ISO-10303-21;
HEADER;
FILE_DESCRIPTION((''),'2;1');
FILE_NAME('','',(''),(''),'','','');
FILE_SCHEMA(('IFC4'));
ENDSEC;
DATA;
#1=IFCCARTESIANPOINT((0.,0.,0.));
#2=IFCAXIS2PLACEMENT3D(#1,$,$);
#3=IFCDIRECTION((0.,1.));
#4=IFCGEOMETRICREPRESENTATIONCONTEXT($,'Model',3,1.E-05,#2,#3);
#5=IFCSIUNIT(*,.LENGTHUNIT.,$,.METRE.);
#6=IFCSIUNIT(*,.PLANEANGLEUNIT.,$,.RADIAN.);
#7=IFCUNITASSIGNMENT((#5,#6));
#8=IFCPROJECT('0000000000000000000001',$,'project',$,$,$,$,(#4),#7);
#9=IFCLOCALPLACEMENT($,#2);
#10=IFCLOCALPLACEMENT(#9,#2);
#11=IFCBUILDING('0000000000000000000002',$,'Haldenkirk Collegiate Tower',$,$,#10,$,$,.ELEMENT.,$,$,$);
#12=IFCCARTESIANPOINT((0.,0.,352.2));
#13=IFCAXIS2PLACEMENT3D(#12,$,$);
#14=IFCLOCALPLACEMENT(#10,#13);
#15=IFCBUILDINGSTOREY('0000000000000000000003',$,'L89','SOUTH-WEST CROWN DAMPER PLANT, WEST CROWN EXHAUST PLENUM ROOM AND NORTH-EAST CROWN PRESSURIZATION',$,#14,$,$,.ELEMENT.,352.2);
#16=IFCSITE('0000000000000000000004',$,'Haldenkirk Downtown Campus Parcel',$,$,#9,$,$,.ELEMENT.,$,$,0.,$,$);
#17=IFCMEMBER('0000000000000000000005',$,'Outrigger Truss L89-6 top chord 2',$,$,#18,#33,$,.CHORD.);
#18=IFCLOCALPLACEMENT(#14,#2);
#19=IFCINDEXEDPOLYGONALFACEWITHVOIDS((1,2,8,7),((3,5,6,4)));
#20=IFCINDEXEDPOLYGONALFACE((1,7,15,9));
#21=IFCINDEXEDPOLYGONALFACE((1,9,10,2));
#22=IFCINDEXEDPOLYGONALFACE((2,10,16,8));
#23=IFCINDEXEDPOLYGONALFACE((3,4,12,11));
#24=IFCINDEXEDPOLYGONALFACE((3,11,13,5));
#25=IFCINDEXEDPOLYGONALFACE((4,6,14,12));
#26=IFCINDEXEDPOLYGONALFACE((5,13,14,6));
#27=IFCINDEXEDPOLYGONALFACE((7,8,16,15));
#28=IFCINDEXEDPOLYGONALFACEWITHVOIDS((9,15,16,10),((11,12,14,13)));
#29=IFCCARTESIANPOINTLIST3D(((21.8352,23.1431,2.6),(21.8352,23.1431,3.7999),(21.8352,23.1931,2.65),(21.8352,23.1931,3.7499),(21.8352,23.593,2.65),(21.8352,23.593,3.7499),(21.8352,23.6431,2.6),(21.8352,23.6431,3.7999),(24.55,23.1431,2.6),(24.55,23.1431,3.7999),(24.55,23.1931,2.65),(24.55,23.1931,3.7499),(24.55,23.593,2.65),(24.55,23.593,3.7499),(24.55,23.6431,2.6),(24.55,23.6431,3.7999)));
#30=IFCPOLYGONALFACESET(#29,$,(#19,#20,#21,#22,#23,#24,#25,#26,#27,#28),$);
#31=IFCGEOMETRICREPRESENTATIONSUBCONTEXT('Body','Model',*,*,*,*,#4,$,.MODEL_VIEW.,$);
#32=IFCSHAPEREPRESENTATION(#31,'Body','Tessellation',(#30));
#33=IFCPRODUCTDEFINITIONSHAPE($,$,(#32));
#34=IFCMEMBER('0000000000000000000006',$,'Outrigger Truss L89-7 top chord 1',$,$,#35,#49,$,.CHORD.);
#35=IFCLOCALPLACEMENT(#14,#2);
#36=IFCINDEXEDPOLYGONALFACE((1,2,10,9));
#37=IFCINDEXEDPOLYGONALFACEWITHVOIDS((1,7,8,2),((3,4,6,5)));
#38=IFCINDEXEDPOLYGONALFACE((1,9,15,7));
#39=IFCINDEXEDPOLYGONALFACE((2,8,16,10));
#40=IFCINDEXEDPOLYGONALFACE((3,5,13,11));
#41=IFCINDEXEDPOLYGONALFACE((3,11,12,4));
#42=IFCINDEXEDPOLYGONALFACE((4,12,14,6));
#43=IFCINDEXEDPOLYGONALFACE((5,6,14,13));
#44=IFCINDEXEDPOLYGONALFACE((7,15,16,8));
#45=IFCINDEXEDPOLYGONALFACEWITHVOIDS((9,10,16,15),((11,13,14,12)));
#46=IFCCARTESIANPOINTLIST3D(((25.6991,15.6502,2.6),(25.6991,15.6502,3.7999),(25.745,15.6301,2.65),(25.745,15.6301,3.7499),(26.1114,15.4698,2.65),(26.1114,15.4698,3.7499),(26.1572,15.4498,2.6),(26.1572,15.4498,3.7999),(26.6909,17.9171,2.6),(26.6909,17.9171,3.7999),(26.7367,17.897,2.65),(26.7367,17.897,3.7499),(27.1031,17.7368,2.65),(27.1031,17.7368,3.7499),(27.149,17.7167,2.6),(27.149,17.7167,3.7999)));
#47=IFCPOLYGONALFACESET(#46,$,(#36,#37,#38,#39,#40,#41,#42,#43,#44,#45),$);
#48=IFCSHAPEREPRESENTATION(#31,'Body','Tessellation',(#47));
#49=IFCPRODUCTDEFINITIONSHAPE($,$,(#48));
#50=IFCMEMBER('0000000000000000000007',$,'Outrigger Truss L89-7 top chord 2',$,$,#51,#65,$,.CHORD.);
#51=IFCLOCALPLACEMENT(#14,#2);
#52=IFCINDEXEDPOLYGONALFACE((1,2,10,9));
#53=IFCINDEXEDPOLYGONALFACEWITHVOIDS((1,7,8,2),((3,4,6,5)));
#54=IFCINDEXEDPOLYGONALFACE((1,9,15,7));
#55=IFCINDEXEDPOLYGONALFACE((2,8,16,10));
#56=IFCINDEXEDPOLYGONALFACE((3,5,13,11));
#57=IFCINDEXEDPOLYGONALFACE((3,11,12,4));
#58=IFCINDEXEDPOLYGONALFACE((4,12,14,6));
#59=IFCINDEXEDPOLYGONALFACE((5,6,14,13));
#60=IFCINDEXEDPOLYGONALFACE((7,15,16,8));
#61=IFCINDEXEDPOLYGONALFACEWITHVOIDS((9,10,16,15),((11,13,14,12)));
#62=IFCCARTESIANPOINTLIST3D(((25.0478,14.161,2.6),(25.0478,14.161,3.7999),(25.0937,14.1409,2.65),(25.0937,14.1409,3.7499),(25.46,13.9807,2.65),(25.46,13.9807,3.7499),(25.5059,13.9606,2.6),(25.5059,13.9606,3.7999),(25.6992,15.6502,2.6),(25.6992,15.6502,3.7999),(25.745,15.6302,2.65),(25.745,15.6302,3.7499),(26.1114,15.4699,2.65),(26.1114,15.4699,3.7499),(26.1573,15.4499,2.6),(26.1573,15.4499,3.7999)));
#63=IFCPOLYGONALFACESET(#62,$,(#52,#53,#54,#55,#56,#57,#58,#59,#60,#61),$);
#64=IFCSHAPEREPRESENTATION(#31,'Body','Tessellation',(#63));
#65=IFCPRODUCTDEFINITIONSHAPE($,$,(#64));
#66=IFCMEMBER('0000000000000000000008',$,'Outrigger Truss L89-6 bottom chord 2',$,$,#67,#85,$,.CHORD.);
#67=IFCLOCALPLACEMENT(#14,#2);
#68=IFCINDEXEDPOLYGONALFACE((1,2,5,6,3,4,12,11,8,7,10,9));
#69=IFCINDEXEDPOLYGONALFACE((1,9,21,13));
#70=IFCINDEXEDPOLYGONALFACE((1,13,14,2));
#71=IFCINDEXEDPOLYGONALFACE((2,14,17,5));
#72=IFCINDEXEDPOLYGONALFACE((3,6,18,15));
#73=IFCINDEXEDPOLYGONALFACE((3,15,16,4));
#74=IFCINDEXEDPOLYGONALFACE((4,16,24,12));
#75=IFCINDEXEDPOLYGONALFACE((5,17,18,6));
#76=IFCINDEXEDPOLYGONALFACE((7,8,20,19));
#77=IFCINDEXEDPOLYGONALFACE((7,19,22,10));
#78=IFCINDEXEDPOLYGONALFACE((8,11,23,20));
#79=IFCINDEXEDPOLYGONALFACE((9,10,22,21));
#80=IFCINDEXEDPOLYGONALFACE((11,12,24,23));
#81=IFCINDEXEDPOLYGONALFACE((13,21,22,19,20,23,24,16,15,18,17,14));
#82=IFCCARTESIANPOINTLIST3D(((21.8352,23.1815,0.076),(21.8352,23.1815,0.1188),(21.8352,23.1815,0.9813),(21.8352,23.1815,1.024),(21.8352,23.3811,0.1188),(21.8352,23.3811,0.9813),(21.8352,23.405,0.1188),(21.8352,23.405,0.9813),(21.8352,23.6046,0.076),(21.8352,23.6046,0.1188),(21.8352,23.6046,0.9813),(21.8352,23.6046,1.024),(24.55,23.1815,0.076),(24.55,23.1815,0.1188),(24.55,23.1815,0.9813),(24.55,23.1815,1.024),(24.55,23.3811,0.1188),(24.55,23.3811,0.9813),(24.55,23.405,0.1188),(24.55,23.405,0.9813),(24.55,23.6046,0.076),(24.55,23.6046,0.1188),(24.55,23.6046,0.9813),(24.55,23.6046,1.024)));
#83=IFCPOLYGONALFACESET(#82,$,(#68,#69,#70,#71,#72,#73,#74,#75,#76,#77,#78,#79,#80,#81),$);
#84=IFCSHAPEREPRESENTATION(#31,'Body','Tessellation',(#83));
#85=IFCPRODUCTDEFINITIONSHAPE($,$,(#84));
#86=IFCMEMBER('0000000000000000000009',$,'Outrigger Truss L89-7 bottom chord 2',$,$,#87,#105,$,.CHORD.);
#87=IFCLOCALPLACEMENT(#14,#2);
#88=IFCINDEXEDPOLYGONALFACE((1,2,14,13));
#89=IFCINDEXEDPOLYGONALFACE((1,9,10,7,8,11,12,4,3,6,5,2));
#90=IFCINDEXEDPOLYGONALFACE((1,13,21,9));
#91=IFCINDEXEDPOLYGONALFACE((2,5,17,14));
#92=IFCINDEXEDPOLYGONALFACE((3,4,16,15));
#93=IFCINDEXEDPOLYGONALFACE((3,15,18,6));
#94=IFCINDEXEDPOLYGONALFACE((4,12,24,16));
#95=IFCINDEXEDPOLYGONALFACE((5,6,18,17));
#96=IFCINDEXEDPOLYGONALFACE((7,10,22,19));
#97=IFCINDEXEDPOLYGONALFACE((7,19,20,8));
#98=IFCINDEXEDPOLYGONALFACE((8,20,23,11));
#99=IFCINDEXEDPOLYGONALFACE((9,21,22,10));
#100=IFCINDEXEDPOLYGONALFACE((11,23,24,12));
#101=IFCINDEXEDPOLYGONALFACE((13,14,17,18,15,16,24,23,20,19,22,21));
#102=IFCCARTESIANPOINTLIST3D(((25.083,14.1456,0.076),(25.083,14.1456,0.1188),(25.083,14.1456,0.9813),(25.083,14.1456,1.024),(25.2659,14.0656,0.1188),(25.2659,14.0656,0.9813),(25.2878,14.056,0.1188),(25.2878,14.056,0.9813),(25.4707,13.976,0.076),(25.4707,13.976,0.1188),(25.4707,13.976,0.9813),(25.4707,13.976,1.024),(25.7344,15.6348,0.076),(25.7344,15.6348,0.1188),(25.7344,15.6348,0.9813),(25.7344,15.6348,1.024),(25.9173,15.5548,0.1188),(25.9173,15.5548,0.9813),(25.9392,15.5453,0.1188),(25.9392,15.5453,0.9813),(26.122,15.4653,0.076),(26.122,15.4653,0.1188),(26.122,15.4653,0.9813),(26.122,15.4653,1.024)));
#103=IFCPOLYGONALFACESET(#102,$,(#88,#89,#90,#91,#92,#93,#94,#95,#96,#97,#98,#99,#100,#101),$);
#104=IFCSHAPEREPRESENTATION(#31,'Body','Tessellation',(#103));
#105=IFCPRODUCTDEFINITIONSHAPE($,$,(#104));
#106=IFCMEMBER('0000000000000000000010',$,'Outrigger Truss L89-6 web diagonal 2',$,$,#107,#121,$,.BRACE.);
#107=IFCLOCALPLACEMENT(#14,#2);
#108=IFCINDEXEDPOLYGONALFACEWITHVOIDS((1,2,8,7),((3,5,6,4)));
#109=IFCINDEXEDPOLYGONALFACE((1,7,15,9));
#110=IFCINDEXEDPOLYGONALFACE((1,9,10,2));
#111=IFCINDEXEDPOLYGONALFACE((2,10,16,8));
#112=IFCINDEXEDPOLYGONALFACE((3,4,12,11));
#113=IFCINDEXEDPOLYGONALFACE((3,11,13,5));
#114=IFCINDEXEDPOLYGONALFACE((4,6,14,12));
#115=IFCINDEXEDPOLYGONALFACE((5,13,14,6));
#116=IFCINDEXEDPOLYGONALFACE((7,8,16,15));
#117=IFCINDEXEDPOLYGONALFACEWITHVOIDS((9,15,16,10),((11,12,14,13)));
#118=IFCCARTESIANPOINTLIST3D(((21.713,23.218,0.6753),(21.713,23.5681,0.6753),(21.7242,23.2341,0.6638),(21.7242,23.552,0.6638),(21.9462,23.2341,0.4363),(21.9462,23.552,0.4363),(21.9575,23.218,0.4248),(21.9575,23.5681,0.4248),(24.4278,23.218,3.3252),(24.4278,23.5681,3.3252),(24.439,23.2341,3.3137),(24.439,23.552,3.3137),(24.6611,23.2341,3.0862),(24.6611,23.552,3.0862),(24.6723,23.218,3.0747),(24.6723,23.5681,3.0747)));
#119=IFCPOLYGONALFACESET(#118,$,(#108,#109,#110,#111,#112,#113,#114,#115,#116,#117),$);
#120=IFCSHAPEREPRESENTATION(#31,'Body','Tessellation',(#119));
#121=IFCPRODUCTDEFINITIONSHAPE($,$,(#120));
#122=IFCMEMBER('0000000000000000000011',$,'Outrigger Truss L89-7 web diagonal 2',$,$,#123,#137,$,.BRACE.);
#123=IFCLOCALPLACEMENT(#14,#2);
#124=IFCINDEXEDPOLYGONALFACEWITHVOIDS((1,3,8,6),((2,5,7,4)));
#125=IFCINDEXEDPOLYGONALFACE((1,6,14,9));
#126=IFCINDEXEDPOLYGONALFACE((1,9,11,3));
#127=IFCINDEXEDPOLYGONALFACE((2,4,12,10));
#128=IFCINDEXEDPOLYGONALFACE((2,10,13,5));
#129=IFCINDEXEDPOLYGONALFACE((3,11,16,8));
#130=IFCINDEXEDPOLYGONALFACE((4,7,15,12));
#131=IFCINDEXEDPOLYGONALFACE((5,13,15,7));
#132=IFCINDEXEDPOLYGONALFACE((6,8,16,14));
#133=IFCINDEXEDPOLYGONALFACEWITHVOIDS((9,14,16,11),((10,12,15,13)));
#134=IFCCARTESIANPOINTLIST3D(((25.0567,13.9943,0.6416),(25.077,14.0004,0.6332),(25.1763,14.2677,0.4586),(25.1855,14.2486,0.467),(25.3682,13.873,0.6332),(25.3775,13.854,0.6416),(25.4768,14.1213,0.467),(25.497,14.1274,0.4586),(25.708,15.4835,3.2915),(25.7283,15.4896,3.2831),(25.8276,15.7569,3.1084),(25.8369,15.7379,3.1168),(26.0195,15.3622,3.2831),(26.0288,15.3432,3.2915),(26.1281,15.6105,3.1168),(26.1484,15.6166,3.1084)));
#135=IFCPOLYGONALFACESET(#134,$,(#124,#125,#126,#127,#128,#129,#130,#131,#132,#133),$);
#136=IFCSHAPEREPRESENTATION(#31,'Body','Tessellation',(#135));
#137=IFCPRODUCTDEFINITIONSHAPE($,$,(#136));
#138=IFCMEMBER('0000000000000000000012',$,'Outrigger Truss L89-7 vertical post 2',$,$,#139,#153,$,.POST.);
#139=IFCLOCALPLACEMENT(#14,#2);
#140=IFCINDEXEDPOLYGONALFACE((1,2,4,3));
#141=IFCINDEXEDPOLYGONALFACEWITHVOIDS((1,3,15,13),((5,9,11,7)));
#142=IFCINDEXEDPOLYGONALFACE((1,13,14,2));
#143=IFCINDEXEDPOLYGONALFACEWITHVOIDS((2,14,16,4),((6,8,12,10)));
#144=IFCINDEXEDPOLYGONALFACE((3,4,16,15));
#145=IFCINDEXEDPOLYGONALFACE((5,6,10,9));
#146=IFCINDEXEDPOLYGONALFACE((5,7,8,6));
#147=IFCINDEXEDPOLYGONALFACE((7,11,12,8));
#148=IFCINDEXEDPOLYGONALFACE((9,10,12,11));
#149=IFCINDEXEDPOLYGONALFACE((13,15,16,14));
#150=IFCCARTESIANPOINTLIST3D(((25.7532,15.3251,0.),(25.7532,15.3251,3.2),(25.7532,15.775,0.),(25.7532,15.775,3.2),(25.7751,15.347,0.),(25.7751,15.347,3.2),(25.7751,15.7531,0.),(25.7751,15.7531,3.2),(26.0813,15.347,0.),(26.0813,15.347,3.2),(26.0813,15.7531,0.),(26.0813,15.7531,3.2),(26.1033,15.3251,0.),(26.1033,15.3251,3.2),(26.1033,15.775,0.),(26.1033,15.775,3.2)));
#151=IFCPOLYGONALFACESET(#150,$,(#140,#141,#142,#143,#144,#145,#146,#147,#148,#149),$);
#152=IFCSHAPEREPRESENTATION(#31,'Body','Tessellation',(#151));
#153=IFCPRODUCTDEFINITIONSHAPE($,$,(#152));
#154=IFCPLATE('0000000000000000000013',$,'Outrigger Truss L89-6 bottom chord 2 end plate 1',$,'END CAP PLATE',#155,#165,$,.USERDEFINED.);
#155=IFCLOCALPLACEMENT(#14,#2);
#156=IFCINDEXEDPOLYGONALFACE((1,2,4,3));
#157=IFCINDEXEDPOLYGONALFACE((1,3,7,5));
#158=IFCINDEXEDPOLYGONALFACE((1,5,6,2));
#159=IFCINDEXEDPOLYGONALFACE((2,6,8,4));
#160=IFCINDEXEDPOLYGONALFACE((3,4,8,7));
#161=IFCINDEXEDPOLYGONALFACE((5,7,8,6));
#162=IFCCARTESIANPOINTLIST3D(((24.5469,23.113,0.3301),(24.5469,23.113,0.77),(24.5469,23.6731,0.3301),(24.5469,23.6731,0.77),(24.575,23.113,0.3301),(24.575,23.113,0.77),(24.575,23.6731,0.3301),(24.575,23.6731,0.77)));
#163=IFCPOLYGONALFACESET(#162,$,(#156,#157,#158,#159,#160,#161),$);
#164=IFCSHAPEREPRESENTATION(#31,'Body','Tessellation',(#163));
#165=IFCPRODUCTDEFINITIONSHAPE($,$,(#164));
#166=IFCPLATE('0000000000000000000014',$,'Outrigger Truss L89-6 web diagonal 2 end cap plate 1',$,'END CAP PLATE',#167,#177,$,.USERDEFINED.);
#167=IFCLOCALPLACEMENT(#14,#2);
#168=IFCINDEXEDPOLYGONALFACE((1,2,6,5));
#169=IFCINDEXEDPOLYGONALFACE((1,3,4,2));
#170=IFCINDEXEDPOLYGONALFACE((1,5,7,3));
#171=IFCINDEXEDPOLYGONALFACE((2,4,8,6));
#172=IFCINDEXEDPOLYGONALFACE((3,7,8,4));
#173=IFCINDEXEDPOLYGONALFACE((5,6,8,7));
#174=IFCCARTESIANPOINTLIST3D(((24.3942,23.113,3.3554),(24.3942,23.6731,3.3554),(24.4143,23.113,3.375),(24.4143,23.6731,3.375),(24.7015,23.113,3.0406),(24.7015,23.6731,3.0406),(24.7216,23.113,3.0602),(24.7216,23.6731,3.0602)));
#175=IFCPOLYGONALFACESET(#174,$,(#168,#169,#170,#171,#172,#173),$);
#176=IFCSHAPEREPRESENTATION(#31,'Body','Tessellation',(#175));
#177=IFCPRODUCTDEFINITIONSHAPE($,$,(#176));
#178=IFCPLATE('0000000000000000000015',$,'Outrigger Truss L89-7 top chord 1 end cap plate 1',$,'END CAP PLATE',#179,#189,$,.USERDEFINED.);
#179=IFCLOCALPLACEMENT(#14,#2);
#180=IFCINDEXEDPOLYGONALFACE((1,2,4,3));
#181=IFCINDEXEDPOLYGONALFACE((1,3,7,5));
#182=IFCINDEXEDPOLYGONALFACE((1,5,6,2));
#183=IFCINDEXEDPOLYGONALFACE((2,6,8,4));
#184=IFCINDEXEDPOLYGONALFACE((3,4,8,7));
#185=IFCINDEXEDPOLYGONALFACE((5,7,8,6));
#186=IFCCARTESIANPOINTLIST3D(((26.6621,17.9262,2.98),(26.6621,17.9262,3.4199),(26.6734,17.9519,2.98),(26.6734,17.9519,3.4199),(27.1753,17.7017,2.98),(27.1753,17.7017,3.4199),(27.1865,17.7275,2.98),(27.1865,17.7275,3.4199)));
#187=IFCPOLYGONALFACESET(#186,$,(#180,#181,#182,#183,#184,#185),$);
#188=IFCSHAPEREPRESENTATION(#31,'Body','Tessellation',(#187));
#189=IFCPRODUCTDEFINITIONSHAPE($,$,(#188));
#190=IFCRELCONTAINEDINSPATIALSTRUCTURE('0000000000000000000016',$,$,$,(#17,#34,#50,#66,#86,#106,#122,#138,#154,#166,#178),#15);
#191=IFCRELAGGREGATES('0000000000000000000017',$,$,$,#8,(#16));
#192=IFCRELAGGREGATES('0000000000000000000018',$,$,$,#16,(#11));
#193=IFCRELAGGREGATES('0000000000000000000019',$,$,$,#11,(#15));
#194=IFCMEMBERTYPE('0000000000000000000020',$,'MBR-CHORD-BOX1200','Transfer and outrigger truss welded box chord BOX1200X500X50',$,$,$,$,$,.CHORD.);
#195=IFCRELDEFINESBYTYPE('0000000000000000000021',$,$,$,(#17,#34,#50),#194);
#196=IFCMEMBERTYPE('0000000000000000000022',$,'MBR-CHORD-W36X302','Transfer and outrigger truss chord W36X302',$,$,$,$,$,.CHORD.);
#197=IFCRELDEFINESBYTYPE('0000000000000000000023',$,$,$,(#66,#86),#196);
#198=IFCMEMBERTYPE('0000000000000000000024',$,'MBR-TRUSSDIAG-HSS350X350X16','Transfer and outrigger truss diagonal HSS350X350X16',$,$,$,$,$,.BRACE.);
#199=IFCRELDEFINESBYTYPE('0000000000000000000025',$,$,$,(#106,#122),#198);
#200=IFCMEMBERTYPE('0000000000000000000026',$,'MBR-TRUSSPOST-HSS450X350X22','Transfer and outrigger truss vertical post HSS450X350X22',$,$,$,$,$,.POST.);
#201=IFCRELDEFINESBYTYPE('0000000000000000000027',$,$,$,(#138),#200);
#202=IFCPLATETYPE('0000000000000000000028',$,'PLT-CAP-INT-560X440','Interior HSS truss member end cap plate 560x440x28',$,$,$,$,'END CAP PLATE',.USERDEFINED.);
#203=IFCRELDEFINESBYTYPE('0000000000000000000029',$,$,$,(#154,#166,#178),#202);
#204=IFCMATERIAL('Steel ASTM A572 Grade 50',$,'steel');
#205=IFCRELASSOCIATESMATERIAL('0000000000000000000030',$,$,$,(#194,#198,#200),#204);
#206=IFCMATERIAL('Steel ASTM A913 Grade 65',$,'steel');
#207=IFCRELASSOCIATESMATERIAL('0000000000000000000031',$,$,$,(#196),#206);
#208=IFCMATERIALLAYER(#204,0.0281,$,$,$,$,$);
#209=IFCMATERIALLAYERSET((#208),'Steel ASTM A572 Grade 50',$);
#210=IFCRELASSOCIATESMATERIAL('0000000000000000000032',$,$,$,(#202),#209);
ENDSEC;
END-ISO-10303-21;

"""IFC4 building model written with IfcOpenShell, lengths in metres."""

from ifc_helpers import new_model, si_unit, direction, frame, origin, origin_2d, place, context, subcontext, project, spatial, rectangle, hollow_rectangle, i_section, extrude, source, transform, mapped, material, layer, layer_set, material_profile, profile_set, type_object, element, save


model = new_model("IFC4")

# Units and contexts
model_context = context("Model", 3, precision=1e-05, world=origin(), true_north=direction((0.0, 1.0)))
body_context = subcontext(model_context, "Body", "Model", "MODEL_VIEW")
ifc_project = project(units=[si_unit("LENGTHUNIT", "METRE"), si_unit("PLANEANGLEUNIT", "RADIAN")], contexts=[model_context])

# Site, building, storey
site_placement = place(None, origin())
site = spatial("IfcSite", under=ifc_project, at=site_placement, Name="Haldenkirk Downtown Campus Parcel", CompositionType="ELEMENT", RefElevation=0.0)
building_placement = place(site_placement, origin())
building = spatial("IfcBuilding", under=site, at=building_placement, Name="Haldenkirk Collegiate Tower", CompositionType="ELEMENT")
storey_placement = place(building_placement, frame((0.0, 0.0, 352.2)))
storey = spatial("IfcBuildingStorey", under=building, at=storey_placement, Name="L89", Description="SOUTH-WEST CROWN DAMPER PLANT, WEST CROWN EXHAUST PLENUM ROOM AND NORTH-EAST CROWN PRESSURIZATION", CompositionType="ELEMENT", Elevation=352.2)

# Members
ifc_material_1 = material(Name="Steel ASTM A572 Grade 50", Category="steel")
ifc_material_profile_1 = material_profile(ifc_material_1, hollow_rectangle(XDim=0.5, YDim=1.2, WallThickness=0.05, at=origin_2d()), Name="BOX1200X500X50")
ifc_profile_set_1 = profile_set([ifc_material_profile_1], Name="Steel ASTM A572 Grade 50")
member_type_1 = type_object("IfcMemberType", Name="MBR-CHORD-BOX1200", Description="Transfer and outrigger truss welded box chord BOX1200X500X50", PredefinedType="CHORD", material=ifc_profile_set_1)
member_1_placement = place(storey_placement, frame((24.55, 23.3931, 3.2), z_axis=(-1.0, 0.0, 0.0), x_axis=(0.0, -1.0, 0.0)))
element("IfcMember", 1, at=member_1_placement, inside=storey, type_object=member_type_1, Name="Outrigger Truss L89-6 top chord 2", PredefinedType="CHORD", context=body_context, shape_type="SweptSolid", body=[
    extrude(hollow_rectangle(XDim=0.5, YDim=1.2, WallThickness=0.05, at=origin_2d()), origin(), (0.0, 0.0, 1.0), 2.7148),
])
member_2_placement = place(storey_placement, frame((26.9199, 17.8169, 3.2), z_axis=(-0.400803, -0.916164, 0.0), x_axis=(0.916164, -0.400803, 0.0)))
element("IfcMember", 2, at=member_2_placement, inside=storey, type_object=member_type_1, Name="Outrigger Truss L89-7 top chord 1", PredefinedType="CHORD", context=body_context, shape_type="SweptSolid", body=[
    extrude(hollow_rectangle(XDim=0.5, YDim=1.2, WallThickness=0.05, at=origin_2d()), origin(), (0.0, 0.0, 1.0), 2.4744),
])
member_3_placement = place(storey_placement, frame((25.9282, 15.55, 3.2), z_axis=(-0.400724, -0.916199, 0.0), x_axis=(0.916199, -0.400724, 0.0)))
element("IfcMember", 3, at=member_3_placement, inside=storey, type_object=member_type_1, Name="Outrigger Truss L89-7 top chord 2", PredefinedType="CHORD", context=body_context, shape_type="SweptSolid", body=[
    extrude(hollow_rectangle(XDim=0.5, YDim=1.2, WallThickness=0.05, at=origin_2d()), origin(), (0.0, 0.0, 1.0), 1.6255),
])
ifc_material_2 = material(Name="Steel ASTM A913 Grade 65", Category="steel")
ifc_material_profile_2 = material_profile(ifc_material_2, i_section(OverallWidth=0.4231, OverallDepth=0.948, WebThickness=0.0239, FlangeThickness=0.0427, at=origin_2d()), Name="W36X302")
ifc_profile_set_2 = profile_set([ifc_material_profile_2], Name="Steel ASTM A913 Grade 65")
member_type_2 = type_object("IfcMemberType", Name="MBR-CHORD-W36X302", Description="Transfer and outrigger truss chord W36X302", PredefinedType="CHORD", material=ifc_profile_set_2)
member_4_placement = place(storey_placement, frame((24.55, 23.3931, 0.55), z_axis=(-1.0, 0.0, 0.0), x_axis=(0.0, -1.0, 0.0)))
element("IfcMember", 4, at=member_4_placement, inside=storey, type_object=member_type_2, Name="Outrigger Truss L89-6 bottom chord 2", PredefinedType="CHORD", context=body_context, shape_type="SweptSolid", body=[
    extrude(i_section(OverallWidth=0.4231, OverallDepth=0.948, WebThickness=0.0239, FlangeThickness=0.0427, at=origin_2d()), origin(), (0.0, 0.0, 1.0), 2.7148),
])
member_5_placement = place(storey_placement, frame((25.9282, 15.55, 0.55), z_axis=(-0.400724, -0.916199, 0.0), x_axis=(0.916199, -0.400724, 0.0)))
element("IfcMember", 5, at=member_5_placement, inside=storey, type_object=member_type_2, Name="Outrigger Truss L89-7 bottom chord 2", PredefinedType="CHORD", context=body_context, shape_type="SweptSolid", body=[
    extrude(i_section(OverallWidth=0.4231, OverallDepth=0.948, WebThickness=0.0239, FlangeThickness=0.0427, at=origin_2d()), origin(), (0.0, 0.0, 1.0), 1.6255),
])
ifc_material_profile_3 = material_profile(ifc_material_1, hollow_rectangle(XDim=0.3501, YDim=0.3501, WallThickness=0.0161, at=origin_2d()), Name="HSS350X350X16")
ifc_profile_set_3 = profile_set([ifc_material_profile_3], Name="Steel ASTM A572 Grade 50")
member_type_3 = type_object("IfcMemberType", Name="MBR-TRUSSDIAG-HSS350X350X16", Description="Transfer and outrigger truss diagonal HSS350X350X16", PredefinedType="BRACE", material=ifc_profile_set_3)
member_6_placement = place(storey_placement, frame((24.55, 23.3931, 3.2), z_axis=(-0.715614, 0.0, -0.698496), x_axis=(0.0, -1.0, 0.0)))
element("IfcMember", 6, at=member_6_placement, inside=storey, type_object=member_type_3, Name="Outrigger Truss L89-6 web diagonal 2", PredefinedType="BRACE", context=body_context, shape_type="SweptSolid", body=[
    extrude(hollow_rectangle(XDim=0.3501, YDim=0.3501, WallThickness=0.0161, at=origin_2d()), origin(), (0.0, 0.0, 1.0), 3.7937),
])
member_7_placement = place(storey_placement, frame((25.9282, 15.55, 3.2), z_axis=(-0.209529, -0.479058, -0.852409), x_axis=(0.916199, -0.400724, 0.0)))
element("IfcMember", 7, at=member_7_placement, inside=storey, type_object=member_type_3, Name="Outrigger Truss L89-7 web diagonal 2", PredefinedType="BRACE", context=body_context, shape_type="SweptSolid", body=[
    extrude(hollow_rectangle(XDim=0.3501, YDim=0.3501, WallThickness=0.0161, at=origin_2d()), origin(), (0.0, 0.0, 1.0), 3.1086),
])
ifc_material_profile_4 = material_profile(ifc_material_1, hollow_rectangle(XDim=0.3501, YDim=0.45, WallThickness=0.022, at=origin_2d()), Name="HSS450X350X22")
ifc_profile_set_4 = profile_set([ifc_material_profile_4], Name="Steel ASTM A572 Grade 50")
member_type_4 = type_object("IfcMemberType", Name="MBR-TRUSSPOST-HSS450X350X22", Description="Transfer and outrigger truss vertical post HSS450X350X22", PredefinedType="POST", material=ifc_profile_set_4)
member_8_placement = place(storey_placement, frame((25.9282, 15.55, 0.0), z_axis=(0.0, 0.0, 1.0), x_axis=(1.0, 0.0, 0.0)))
element("IfcMember", 8, at=member_8_placement, inside=storey, type_object=member_type_4, Name="Outrigger Truss L89-7 vertical post 2", PredefinedType="POST", context=body_context, shape_type="SweptSolid", body=[
    extrude(hollow_rectangle(XDim=0.3501, YDim=0.45, WallThickness=0.022, at=origin_2d()), origin(), (0.0, 0.0, 1.0), 3.2),
])

# Plates
ifc_layer_1 = layer(ifc_material_1, 0.0281)
ifc_layer_set_1 = layer_set([ifc_layer_1], Name="Steel ASTM A572 Grade 50")
plate_type = type_object("IfcPlateType", Name="PLT-CAP-INT-560X440", Description="Interior HSS truss member end cap plate 560x440x28", ElementType="END CAP PLATE", PredefinedType="USERDEFINED", material=ifc_layer_set_1)
shared_shape = source(origin(), body_context, "Body", "SweptSolid", [
    extrude(rectangle(XDim=0.5601, YDim=0.4399, at=origin_2d()), origin(), (0.0, 0.0, 1.0), 0.0281),
])
for number, where, z_axis, x_axis, name in (
    (9, (24.5469, 23.3931, 0.55), (1.0, 0.0, 0.0), (0.0, 1.0, 0.0), "Outrigger Truss L89-6 bottom chord 2 end plate 1"),
    (10, (24.5479, 23.3931, 3.198), (0.715583, 0.0, 0.698528), (0.0, 1.0, 0.0), "Outrigger Truss L89-6 web diagonal 2 end cap plate 1"),
    (11, (26.9187, 17.814, 3.2), (0.400776, 0.916176, 0.0), (-0.916176, 0.400776, 0.0), "Outrigger Truss L89-7 top chord 1 end cap plate 1"),
):
    element("IfcPlate", number, at=place(storey_placement, frame(where, z_axis=z_axis, x_axis=x_axis)), inside=storey, type_object=plate_type, Name=name, ObjectType="END CAP PLATE", PredefinedType="USERDEFINED", context=body_context, shape_type="MappedRepresentation", body=[
        mapped(shared_shape, transform((0.0, 0.0, 0.0), x_axis=(1.0, 0.0, 0.0), y_axis=(0.0, 1.0, 0.0), z_axis=(0.0, 0.0, 1.0), scale=1.0)),
    ])

save(model, "model.ifc")
